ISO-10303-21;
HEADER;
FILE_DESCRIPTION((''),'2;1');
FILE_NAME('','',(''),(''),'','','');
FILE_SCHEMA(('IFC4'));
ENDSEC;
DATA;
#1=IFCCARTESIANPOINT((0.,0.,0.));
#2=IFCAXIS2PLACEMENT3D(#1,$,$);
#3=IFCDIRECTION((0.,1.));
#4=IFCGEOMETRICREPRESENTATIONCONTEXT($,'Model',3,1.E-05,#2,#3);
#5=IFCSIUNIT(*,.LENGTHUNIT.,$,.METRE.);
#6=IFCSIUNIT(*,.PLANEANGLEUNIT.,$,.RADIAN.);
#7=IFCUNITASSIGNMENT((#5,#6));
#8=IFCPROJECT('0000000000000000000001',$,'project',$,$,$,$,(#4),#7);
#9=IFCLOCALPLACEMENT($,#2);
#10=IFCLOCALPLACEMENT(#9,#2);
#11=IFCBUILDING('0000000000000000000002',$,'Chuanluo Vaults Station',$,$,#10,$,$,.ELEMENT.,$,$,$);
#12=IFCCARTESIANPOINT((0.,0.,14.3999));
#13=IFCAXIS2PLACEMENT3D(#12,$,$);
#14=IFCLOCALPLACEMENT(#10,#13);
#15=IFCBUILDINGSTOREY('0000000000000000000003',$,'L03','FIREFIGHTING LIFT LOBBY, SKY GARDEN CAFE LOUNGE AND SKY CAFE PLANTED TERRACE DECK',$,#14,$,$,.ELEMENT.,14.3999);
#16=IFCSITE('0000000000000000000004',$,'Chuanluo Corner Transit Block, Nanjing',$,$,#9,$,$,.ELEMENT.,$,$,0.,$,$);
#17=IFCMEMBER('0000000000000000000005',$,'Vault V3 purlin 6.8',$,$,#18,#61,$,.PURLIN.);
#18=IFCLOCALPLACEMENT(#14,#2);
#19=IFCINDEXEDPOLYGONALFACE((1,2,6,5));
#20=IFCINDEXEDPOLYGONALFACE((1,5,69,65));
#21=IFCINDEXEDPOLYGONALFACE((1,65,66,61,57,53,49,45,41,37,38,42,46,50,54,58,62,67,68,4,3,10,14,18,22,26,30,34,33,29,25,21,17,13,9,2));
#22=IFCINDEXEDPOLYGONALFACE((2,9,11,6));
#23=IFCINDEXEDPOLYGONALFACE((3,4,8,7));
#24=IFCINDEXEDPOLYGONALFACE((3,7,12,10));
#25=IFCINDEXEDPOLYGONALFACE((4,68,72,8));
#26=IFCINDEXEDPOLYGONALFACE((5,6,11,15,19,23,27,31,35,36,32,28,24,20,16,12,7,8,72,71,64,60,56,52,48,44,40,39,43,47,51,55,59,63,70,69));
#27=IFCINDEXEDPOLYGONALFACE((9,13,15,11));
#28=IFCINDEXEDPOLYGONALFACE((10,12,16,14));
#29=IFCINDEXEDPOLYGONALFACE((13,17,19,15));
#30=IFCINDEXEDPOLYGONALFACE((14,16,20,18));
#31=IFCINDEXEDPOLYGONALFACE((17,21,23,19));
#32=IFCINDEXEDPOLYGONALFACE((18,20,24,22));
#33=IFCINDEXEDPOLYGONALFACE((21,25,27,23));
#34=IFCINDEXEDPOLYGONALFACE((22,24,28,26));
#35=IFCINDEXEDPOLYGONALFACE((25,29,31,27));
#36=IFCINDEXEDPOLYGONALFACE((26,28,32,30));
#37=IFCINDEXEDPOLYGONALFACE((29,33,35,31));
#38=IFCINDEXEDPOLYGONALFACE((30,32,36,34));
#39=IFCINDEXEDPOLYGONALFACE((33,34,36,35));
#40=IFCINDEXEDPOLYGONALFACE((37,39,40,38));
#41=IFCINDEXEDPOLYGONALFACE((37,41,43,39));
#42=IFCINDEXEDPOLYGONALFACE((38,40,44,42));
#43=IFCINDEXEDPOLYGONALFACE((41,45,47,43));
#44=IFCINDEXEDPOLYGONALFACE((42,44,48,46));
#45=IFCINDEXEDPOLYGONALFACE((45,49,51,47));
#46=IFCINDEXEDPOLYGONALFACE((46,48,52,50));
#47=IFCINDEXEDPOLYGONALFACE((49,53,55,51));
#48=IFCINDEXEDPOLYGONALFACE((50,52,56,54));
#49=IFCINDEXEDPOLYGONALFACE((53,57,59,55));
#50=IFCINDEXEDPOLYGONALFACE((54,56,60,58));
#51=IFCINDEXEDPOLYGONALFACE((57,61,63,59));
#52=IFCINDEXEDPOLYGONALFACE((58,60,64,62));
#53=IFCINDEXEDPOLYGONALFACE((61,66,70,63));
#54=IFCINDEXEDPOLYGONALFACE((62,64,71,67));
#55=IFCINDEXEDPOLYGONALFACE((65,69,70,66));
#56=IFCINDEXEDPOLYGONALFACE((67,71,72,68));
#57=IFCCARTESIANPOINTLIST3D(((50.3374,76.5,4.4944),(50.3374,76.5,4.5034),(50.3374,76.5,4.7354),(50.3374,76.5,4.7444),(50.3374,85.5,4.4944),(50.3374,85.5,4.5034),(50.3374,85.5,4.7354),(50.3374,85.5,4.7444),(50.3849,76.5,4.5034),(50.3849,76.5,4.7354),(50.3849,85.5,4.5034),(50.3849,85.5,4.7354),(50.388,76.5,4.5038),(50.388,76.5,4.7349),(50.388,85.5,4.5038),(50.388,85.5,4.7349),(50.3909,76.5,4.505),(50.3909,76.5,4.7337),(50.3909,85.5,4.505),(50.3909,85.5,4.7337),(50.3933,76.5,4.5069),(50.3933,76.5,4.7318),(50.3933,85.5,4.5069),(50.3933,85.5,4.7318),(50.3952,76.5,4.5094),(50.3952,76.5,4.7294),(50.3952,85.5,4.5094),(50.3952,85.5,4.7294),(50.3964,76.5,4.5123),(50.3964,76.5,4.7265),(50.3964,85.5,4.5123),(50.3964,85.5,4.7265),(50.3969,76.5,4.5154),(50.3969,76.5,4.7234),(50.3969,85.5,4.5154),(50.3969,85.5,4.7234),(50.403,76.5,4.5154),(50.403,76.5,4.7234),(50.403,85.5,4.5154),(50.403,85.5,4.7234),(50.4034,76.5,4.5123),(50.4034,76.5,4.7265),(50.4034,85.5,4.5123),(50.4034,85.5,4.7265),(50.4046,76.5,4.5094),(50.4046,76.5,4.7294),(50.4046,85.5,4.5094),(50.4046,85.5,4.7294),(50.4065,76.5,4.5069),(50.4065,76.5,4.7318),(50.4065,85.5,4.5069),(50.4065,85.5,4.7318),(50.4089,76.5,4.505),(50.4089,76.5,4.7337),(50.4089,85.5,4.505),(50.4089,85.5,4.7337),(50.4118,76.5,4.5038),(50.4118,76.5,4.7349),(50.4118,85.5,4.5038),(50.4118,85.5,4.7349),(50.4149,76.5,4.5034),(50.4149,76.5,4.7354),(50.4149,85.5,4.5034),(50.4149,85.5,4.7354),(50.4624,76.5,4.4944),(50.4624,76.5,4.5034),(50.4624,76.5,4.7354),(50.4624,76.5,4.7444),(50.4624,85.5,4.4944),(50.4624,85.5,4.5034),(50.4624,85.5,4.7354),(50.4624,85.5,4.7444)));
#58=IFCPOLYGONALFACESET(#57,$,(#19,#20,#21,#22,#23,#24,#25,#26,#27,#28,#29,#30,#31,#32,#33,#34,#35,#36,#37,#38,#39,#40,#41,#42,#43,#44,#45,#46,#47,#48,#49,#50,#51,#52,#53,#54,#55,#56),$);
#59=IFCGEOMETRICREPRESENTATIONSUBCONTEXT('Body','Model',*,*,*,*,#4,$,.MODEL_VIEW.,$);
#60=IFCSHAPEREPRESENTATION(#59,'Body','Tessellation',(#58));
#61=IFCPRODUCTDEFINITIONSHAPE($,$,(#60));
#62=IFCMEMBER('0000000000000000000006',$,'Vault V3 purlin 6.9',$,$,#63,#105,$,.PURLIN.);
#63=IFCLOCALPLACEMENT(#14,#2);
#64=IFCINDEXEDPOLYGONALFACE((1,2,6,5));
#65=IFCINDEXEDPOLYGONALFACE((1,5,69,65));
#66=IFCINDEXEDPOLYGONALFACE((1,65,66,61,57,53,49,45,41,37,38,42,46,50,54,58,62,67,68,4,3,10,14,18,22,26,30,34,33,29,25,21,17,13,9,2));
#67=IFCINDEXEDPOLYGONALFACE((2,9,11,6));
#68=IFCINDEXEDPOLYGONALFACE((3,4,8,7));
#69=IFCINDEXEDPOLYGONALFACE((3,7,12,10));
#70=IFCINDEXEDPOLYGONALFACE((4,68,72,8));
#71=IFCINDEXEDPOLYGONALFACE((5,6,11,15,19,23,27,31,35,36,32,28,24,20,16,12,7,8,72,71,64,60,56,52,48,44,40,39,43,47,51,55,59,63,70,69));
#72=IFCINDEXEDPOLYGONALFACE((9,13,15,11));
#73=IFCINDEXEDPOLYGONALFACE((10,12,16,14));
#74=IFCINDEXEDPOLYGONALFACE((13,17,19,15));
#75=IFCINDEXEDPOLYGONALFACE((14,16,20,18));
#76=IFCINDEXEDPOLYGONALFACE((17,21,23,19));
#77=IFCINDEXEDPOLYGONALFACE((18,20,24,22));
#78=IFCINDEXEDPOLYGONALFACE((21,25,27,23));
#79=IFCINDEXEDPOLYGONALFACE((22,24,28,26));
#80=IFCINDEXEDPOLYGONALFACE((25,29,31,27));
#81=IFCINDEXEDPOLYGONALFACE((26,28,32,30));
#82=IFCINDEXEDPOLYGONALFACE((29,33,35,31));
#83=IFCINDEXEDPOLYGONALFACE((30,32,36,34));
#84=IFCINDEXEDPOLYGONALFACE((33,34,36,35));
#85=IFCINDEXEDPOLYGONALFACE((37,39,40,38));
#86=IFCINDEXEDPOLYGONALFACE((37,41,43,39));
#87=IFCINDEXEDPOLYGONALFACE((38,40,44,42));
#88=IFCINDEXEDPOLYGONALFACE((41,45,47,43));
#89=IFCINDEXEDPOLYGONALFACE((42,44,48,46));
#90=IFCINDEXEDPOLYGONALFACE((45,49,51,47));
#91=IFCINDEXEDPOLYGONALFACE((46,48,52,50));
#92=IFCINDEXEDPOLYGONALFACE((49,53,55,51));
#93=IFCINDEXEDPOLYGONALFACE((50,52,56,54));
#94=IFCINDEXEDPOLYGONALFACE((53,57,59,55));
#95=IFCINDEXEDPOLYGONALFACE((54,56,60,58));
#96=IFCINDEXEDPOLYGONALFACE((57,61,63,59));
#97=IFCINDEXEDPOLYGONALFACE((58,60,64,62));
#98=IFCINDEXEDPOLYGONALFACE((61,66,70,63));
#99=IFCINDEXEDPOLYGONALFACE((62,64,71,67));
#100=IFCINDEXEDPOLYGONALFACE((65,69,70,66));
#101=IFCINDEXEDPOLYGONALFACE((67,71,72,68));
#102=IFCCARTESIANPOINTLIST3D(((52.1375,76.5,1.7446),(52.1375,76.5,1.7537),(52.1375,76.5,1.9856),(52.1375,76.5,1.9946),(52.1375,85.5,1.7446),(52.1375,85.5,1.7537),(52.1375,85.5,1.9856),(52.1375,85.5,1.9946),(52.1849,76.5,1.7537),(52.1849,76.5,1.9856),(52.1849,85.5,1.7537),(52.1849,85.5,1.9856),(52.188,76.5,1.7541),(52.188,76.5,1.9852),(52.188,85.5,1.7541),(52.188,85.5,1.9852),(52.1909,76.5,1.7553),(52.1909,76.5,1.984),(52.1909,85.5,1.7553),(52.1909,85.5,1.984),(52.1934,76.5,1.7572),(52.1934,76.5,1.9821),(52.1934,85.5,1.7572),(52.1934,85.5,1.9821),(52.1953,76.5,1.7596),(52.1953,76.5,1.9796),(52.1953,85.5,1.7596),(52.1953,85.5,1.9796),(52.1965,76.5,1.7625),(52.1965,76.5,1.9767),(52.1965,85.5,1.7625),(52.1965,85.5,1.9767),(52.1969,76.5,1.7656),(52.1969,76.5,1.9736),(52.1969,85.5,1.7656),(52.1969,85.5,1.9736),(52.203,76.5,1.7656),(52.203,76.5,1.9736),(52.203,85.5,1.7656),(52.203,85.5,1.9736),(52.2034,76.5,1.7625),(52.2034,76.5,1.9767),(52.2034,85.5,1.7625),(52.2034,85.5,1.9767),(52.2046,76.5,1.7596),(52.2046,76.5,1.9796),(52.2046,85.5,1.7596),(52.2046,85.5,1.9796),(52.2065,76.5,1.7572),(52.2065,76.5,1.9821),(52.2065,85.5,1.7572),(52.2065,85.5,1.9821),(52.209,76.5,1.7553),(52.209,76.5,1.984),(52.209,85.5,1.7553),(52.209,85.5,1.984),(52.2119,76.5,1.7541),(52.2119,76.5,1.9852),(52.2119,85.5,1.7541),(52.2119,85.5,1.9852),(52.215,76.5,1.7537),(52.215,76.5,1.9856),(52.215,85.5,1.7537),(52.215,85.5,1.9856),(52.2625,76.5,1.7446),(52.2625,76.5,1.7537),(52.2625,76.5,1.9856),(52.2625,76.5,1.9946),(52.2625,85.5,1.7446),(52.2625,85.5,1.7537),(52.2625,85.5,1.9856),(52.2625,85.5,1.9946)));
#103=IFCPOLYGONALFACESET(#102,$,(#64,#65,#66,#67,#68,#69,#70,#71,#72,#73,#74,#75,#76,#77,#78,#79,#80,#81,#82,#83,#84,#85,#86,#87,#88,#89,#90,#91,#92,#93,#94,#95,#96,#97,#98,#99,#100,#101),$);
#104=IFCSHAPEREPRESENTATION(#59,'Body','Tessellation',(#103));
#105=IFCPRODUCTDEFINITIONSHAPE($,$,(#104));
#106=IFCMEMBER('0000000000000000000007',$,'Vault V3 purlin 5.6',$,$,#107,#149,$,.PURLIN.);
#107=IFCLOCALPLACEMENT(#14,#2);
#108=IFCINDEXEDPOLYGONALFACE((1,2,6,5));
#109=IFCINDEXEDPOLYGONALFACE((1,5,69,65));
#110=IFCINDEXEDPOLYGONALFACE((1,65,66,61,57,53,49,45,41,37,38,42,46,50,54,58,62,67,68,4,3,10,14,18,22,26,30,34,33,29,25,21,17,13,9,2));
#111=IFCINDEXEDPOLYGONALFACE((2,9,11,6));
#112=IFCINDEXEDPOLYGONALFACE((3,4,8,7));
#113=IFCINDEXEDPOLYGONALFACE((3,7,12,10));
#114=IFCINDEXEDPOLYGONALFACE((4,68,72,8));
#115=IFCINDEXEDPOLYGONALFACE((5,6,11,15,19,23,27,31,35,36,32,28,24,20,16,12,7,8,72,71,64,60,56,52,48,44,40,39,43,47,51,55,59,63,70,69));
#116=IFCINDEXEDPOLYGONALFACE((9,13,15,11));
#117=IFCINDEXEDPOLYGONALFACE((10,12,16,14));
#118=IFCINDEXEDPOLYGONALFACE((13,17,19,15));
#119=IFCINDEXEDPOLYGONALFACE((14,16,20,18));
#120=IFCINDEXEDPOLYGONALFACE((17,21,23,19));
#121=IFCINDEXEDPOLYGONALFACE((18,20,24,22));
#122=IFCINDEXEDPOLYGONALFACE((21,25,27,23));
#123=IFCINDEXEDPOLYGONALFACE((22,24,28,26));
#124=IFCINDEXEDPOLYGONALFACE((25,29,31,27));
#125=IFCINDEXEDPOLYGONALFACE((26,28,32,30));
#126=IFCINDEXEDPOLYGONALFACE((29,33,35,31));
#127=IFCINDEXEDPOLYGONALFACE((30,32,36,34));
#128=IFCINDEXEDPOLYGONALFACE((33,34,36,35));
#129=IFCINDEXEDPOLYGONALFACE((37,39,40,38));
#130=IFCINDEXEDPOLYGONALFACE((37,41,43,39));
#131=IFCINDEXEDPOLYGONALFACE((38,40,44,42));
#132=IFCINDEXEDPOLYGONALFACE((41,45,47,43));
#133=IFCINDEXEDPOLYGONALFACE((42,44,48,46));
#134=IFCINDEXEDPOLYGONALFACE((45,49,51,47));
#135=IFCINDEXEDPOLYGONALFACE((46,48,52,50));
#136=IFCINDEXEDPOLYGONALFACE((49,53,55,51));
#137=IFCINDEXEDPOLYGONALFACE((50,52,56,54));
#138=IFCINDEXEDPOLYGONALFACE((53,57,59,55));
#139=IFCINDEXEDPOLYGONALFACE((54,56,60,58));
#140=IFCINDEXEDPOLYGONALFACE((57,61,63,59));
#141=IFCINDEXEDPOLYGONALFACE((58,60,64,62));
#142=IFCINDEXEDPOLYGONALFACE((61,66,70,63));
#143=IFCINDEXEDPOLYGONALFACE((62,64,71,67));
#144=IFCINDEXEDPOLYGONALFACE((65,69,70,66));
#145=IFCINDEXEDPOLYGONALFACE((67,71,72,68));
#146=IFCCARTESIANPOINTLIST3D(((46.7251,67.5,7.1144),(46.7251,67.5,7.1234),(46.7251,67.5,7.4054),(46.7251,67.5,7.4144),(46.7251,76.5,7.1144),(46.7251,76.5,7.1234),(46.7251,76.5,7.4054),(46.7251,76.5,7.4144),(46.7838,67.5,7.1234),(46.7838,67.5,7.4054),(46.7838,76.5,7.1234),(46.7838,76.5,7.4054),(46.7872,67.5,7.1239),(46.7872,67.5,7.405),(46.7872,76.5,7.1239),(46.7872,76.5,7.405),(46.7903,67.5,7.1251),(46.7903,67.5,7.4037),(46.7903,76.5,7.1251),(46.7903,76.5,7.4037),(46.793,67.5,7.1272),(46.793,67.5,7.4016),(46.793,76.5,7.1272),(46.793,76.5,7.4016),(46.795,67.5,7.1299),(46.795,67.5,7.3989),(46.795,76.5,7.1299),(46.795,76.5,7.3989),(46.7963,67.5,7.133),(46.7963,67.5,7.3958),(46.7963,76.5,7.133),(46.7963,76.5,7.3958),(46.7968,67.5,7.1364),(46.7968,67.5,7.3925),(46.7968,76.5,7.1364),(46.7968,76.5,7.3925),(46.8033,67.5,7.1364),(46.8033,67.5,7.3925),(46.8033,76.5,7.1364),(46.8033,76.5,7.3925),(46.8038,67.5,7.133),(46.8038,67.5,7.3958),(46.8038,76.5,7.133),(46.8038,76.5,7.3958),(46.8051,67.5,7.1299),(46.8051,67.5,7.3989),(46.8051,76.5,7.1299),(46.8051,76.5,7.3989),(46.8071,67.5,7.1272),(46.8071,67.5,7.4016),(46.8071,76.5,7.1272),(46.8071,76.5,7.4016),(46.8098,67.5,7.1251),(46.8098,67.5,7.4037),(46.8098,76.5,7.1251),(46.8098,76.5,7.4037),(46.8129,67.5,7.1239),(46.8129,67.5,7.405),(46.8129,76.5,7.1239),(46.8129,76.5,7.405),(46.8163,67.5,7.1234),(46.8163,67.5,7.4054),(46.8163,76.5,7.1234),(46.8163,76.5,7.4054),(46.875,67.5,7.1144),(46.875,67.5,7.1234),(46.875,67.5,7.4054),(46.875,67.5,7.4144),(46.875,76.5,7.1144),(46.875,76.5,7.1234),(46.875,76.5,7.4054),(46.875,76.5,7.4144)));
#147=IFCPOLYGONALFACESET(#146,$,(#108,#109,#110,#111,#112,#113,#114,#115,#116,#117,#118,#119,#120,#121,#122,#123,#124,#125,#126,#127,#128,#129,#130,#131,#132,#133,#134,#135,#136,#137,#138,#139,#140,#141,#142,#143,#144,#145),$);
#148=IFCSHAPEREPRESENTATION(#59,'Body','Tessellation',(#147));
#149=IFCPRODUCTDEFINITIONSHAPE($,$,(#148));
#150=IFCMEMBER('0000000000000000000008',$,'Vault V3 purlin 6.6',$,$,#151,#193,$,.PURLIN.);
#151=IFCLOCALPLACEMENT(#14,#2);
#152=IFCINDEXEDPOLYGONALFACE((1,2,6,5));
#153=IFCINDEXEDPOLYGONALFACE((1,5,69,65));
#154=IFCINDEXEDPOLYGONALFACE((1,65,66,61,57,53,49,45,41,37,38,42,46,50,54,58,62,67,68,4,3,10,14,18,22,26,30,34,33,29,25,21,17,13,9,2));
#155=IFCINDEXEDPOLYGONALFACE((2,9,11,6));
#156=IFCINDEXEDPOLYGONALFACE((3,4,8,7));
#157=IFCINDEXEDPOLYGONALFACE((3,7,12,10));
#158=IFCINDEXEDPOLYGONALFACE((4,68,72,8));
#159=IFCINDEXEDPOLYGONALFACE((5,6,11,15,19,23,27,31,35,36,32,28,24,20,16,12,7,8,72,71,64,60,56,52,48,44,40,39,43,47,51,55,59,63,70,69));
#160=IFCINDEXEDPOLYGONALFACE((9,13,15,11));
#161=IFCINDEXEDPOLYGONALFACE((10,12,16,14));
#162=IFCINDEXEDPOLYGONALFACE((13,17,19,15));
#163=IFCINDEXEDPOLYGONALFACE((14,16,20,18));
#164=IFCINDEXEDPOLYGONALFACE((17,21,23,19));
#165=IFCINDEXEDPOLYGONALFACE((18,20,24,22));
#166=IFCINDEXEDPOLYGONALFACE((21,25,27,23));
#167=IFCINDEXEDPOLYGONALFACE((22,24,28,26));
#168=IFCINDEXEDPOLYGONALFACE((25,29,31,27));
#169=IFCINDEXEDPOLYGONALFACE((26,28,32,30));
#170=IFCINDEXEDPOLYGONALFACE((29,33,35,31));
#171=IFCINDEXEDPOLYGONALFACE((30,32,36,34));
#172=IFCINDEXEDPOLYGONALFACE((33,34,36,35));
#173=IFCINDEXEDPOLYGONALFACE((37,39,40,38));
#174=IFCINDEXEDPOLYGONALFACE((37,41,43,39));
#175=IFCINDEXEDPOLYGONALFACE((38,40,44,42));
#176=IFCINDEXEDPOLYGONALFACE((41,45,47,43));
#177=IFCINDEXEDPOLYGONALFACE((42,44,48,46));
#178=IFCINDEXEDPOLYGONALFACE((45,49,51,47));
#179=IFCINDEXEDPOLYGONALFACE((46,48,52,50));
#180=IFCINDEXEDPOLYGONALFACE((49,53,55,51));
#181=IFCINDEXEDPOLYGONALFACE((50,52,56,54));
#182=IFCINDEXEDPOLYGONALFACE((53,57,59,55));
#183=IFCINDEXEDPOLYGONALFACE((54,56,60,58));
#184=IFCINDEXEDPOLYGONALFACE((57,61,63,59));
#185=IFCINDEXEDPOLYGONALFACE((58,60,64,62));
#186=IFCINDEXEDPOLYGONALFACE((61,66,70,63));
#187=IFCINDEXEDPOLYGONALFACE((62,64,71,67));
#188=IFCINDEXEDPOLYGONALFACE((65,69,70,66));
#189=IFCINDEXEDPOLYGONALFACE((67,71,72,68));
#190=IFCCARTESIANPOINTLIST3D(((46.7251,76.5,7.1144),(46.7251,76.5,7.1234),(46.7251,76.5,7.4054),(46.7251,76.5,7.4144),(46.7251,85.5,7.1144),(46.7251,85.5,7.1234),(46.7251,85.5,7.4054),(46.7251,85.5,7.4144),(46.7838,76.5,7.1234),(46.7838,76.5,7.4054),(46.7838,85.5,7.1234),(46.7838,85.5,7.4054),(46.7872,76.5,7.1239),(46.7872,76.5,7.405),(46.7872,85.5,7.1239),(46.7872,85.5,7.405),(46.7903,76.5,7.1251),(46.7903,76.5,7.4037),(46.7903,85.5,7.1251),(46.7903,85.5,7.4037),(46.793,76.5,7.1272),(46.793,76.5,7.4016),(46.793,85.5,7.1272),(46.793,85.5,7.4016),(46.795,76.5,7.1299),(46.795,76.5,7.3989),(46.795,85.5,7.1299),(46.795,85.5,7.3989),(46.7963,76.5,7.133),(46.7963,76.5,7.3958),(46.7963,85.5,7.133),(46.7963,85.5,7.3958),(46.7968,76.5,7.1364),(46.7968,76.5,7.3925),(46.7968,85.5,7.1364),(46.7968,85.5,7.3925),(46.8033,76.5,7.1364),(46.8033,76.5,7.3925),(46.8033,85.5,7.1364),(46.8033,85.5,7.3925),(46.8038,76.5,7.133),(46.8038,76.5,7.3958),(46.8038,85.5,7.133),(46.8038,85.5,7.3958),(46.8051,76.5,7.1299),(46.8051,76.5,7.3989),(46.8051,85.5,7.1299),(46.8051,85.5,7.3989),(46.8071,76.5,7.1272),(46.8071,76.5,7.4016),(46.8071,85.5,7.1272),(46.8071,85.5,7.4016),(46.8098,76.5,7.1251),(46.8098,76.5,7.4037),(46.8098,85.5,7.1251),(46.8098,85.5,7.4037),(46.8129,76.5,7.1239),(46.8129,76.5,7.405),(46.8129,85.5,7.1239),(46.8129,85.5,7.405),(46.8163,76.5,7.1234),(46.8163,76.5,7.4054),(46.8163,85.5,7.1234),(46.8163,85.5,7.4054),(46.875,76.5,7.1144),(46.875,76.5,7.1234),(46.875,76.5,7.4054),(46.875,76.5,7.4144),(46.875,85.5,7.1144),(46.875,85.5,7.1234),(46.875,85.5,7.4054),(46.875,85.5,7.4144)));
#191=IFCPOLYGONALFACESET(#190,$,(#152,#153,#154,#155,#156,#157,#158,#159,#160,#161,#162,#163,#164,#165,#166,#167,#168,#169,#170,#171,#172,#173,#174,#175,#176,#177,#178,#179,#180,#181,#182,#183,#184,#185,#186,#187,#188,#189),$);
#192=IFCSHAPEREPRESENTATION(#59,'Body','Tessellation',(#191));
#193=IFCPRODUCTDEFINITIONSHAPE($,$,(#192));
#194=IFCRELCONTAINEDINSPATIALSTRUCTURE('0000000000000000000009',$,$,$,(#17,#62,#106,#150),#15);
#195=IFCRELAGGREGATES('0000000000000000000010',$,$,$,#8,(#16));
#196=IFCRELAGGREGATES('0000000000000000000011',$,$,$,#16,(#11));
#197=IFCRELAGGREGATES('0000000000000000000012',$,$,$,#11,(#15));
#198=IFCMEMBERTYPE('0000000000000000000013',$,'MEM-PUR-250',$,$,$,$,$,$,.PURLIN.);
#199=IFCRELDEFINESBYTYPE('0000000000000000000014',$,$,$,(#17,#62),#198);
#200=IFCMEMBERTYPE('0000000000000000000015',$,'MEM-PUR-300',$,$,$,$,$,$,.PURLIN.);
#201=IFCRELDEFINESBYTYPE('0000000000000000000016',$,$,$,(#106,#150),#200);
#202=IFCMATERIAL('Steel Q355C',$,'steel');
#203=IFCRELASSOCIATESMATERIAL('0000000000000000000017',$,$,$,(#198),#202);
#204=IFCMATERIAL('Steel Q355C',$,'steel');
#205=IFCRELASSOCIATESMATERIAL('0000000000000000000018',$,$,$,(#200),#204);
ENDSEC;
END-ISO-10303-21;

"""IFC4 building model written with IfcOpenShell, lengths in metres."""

from ifc_helpers import new_model, si_unit, direction, frame, origin, origin_2d, place, context, subcontext, project, spatial, i_section, extrude, material, material_profile, profile_set, type_object, element, save


model = new_model("IFC4")

# Units and contexts
model_context = context("Model", 3, precision=1e-05, world=origin(), true_north=direction((0.0, 1.0)))
body_context = subcontext(model_context, "Body", "Model", "MODEL_VIEW")
ifc_project = project(units=[si_unit("LENGTHUNIT", "METRE"), si_unit("PLANEANGLEUNIT", "RADIAN")], contexts=[model_context])

# Site, building, storey
site_placement = place(None, origin())
site = spatial("IfcSite", under=ifc_project, at=site_placement, Name="Chuanluo Corner Transit Block, Nanjing", CompositionType="ELEMENT", RefElevation=0.0)
building_placement = place(site_placement, origin())
building = spatial("IfcBuilding", under=site, at=building_placement, Name="Chuanluo Vaults Station", CompositionType="ELEMENT")
storey_placement = place(building_placement, frame((0.0, 0.0, 14.3999)))
storey = spatial("IfcBuildingStorey", under=building, at=storey_placement, Name="L03", Description="FIREFIGHTING LIFT LOBBY, SKY GARDEN CAFE LOUNGE AND SKY CAFE PLANTED TERRACE DECK", CompositionType="ELEMENT", Elevation=14.3999)

# Members
ifc_material_1 = material(Name="Steel Q355C", Category="steel")
ifc_material_profile_1 = material_profile(ifc_material_1, i_section(OverallWidth=0.125, OverallDepth=0.25, WebThickness=0.0061, FlangeThickness=0.009, FilletRadius=0.012, at=origin_2d()))
ifc_profile_set_1 = profile_set([ifc_material_profile_1], Name="Steel Q355C")
member_type_1 = type_object("IfcMemberType", Name="MEM-PUR-250", PredefinedType="PURLIN", material=ifc_profile_set_1)
for number, where, z_axis, x_axis, name in (
    (1, (50.3999, 76.5, 4.6194), (0.0, 1.0, 0.0), (-1.0, 0.0, 0.0), "Vault V3 purlin 6.8"),
    (2, (52.2, 76.5, 1.8696), (0.0, 1.0, 0.0), (-1.0, 0.0, 0.0), "Vault V3 purlin 6.9"),
):
    element("IfcMember", number, at=place(storey_placement, frame(where, z_axis=z_axis, x_axis=x_axis)), inside=storey, type_object=member_type_1, Name=name, PredefinedType="PURLIN", context=body_context, shape_type="SweptSolid", body=[
        extrude(i_section(OverallWidth=0.125, OverallDepth=0.25, WebThickness=0.0061, FlangeThickness=0.009, FilletRadius=0.012, at=origin_2d()), origin(), (0.0, 0.0, 1.0), 9.0),
    ])
ifc_material_2 = material(Name="Steel Q355C", Category="steel")
ifc_material_profile_2 = material_profile(ifc_material_2, i_section(OverallWidth=0.1499, OverallDepth=0.3, WebThickness=0.0066, FlangeThickness=0.009, FilletRadius=0.0129, at=origin_2d()))
ifc_profile_set_2 = profile_set([ifc_material_profile_2], Name="Steel Q355C")
member_type_2 = type_object("IfcMemberType", Name="MEM-PUR-300", PredefinedType="PURLIN", material=ifc_profile_set_2)
for number, where, z_axis, x_axis, name in (
    (3, (46.8, 67.5, 7.2644), (0.0, 1.0, 0.0), (-1.0, 0.0, 0.0), "Vault V3 purlin 5.6"),
    (4, (46.8, 76.5, 7.2644), (0.0, 1.0, 0.0), (-1.0, 0.0, 0.0), "Vault V3 purlin 6.6"),
):
    element("IfcMember", number, at=place(storey_placement, frame(where, z_axis=z_axis, x_axis=x_axis)), inside=storey, type_object=member_type_2, Name=name, PredefinedType="PURLIN", context=body_context, shape_type="SweptSolid", body=[
        extrude(i_section(OverallWidth=0.1499, OverallDepth=0.3, WebThickness=0.0066, FlangeThickness=0.009, FilletRadius=0.0129, at=origin_2d()), origin(), (0.0, 0.0, 1.0), 9.0),
    ])

save(model, "model.ifc")
